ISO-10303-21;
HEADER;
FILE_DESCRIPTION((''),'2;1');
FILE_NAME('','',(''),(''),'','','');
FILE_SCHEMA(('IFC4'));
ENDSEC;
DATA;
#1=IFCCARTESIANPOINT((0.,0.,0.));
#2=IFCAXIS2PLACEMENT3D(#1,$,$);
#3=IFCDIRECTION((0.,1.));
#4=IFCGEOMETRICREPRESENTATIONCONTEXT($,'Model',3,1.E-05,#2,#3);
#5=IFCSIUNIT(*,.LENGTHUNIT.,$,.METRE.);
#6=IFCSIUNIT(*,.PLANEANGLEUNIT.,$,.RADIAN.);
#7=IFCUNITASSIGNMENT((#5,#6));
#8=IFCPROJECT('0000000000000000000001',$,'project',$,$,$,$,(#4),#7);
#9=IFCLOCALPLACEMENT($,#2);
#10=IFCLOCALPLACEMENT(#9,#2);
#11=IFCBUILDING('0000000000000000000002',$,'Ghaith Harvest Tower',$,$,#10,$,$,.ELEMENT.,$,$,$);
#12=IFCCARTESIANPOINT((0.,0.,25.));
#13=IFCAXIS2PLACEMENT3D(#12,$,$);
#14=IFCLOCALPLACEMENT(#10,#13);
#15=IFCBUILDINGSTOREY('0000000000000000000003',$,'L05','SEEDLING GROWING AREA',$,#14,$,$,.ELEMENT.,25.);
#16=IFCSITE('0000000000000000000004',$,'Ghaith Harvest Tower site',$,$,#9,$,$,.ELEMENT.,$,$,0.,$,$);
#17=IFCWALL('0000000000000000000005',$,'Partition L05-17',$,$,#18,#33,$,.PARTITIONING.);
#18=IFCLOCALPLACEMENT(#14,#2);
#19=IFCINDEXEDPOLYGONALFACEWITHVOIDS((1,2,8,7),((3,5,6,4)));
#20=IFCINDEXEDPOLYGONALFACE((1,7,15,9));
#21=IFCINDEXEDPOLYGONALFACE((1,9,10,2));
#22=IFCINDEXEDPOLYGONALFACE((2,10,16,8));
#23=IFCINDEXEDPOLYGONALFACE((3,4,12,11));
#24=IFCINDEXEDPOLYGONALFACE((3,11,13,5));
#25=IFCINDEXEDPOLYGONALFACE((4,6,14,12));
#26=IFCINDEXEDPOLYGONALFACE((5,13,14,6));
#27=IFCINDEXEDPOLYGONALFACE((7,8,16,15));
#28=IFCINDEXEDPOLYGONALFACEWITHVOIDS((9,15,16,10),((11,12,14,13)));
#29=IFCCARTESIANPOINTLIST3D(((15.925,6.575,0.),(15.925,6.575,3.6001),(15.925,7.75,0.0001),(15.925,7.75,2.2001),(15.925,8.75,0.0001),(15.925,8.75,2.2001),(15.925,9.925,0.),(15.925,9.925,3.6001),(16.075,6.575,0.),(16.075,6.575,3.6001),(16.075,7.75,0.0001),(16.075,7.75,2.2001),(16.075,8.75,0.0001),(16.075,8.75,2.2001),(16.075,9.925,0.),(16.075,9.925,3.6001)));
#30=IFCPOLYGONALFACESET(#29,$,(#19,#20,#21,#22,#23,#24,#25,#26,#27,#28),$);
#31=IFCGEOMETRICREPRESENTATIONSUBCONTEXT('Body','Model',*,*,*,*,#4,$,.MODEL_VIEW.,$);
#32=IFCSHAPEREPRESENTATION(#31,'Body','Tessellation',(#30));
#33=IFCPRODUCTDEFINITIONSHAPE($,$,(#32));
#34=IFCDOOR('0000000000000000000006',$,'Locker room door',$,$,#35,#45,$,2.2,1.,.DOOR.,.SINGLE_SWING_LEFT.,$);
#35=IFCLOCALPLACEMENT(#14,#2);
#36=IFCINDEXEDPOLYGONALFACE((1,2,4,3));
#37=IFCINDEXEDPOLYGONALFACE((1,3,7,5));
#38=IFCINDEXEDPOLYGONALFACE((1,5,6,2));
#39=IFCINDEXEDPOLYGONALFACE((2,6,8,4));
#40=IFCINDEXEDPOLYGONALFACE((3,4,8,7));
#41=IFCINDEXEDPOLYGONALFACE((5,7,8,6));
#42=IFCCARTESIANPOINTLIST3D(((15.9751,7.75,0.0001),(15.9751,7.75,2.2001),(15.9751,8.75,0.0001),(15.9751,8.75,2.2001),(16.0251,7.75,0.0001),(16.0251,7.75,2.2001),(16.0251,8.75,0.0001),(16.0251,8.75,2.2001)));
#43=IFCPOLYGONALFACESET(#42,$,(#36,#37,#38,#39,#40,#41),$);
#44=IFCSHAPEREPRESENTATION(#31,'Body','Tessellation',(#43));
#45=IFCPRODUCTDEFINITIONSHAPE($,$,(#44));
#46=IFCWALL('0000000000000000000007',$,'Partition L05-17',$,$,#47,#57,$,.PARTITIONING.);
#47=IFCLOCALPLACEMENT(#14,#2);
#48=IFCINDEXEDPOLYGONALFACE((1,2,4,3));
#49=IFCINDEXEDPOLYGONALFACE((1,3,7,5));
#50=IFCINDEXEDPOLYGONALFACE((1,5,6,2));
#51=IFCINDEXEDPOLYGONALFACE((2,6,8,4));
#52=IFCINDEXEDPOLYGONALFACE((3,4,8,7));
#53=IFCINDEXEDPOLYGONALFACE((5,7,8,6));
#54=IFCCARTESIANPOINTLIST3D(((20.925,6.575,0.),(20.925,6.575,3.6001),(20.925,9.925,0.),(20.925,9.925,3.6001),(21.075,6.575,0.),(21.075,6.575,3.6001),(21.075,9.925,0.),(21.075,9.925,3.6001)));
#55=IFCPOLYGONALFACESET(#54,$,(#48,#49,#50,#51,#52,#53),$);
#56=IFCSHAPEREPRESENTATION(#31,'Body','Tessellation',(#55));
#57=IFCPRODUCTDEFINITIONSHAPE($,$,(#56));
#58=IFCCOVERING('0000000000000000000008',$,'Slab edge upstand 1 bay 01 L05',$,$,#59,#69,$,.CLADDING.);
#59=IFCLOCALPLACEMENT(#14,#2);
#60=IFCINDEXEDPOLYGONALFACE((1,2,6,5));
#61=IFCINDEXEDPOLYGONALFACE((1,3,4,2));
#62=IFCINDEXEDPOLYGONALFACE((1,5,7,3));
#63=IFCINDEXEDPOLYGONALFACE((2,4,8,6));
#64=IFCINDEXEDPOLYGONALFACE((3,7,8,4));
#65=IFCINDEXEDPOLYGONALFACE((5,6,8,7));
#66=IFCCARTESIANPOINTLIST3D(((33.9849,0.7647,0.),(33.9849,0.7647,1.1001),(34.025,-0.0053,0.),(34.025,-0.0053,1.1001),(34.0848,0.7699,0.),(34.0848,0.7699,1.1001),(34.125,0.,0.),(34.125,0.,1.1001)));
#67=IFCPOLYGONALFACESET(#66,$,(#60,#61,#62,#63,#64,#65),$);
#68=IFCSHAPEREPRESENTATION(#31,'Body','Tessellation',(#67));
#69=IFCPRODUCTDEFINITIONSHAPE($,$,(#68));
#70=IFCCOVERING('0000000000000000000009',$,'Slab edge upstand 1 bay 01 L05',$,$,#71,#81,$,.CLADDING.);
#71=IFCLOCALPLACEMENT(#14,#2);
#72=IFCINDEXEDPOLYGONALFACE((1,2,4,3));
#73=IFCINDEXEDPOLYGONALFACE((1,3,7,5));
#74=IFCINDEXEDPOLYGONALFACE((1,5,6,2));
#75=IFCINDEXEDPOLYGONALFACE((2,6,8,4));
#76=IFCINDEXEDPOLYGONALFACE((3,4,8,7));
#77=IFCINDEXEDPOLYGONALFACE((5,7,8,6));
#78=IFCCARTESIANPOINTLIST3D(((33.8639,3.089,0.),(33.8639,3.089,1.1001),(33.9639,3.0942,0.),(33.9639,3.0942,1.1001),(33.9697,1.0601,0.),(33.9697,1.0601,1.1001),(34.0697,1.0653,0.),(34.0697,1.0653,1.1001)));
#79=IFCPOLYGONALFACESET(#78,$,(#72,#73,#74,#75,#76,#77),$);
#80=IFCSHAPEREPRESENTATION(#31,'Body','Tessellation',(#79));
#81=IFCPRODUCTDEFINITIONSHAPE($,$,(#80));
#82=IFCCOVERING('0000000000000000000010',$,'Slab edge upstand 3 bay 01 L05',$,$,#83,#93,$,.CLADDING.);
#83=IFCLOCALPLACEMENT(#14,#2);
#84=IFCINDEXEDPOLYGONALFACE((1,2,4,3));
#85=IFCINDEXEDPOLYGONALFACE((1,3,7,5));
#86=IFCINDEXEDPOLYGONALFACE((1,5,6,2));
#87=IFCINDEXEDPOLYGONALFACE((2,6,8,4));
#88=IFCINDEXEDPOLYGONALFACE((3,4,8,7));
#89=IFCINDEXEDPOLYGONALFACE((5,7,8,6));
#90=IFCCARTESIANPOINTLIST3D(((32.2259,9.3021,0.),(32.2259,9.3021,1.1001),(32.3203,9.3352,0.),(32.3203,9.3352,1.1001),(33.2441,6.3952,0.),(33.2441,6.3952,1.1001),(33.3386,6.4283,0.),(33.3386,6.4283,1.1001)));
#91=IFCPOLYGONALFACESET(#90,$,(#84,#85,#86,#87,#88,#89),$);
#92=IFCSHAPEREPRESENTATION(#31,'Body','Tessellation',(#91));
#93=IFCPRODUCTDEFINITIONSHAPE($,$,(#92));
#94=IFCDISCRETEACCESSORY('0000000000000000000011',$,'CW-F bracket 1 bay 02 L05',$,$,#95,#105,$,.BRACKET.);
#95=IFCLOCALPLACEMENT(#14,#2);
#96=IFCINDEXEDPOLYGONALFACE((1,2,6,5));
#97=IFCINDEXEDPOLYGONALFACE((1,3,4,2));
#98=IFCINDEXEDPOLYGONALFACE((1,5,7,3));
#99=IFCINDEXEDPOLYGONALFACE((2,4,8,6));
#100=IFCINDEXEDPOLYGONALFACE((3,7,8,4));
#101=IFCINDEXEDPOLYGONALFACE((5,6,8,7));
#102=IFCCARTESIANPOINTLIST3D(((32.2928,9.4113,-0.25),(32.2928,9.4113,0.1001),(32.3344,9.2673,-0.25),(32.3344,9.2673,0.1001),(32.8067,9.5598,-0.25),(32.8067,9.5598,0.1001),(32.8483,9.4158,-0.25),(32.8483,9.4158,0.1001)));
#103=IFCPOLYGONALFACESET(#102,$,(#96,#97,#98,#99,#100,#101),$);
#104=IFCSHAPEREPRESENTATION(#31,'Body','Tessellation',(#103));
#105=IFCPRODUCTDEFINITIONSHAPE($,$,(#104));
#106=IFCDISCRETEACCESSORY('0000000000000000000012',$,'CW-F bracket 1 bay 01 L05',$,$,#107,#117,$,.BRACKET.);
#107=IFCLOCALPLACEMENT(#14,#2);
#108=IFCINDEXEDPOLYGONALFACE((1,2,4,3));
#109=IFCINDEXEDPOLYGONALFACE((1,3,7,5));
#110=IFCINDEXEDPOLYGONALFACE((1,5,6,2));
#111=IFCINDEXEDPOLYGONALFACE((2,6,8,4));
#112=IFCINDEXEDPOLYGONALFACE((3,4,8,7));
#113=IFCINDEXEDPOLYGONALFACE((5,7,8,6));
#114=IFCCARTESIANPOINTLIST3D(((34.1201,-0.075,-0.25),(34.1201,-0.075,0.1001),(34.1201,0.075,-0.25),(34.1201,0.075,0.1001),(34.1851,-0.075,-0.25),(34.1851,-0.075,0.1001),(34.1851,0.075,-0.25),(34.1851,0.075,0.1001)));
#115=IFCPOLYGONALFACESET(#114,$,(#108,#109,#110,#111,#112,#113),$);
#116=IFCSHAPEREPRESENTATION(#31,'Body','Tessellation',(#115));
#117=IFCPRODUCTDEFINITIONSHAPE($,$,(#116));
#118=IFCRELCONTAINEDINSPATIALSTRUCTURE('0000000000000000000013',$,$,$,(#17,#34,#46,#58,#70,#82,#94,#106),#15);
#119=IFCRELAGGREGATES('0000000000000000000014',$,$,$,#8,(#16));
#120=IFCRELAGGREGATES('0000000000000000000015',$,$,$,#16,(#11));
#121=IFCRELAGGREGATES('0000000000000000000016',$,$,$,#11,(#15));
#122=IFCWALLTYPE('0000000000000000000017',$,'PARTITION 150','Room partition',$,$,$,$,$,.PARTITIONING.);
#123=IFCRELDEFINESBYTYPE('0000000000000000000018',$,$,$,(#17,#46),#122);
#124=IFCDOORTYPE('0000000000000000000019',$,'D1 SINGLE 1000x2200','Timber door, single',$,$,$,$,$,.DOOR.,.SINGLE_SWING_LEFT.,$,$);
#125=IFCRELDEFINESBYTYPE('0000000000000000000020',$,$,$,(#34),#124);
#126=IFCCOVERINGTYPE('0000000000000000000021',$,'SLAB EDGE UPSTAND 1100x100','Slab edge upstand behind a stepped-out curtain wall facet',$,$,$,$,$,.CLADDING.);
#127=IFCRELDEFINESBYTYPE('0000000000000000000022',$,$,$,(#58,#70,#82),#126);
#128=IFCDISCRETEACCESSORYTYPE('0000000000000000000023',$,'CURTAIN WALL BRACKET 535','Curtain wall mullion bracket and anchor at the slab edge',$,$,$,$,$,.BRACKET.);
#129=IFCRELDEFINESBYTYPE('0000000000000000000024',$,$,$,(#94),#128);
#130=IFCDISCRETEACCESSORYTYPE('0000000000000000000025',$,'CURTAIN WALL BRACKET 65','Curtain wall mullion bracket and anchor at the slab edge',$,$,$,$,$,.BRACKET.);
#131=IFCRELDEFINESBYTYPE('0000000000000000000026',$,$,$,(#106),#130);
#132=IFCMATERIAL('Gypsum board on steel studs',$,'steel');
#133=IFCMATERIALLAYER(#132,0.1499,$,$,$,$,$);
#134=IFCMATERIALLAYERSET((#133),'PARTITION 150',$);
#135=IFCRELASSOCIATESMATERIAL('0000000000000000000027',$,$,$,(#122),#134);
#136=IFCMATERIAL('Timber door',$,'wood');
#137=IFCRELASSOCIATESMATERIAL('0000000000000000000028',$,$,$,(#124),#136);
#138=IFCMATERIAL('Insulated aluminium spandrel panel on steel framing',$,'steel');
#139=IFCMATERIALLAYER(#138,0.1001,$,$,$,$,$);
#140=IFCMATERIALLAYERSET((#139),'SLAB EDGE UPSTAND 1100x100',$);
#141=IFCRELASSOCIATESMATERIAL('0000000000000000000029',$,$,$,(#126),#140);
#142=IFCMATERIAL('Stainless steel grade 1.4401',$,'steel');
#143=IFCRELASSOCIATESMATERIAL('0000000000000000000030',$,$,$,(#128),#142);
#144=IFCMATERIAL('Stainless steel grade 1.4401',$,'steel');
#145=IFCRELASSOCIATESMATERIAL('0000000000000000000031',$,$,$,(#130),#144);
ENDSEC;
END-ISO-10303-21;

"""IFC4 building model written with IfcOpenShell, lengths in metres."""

from ifc_helpers import new_model, si_unit, direction, frame, frame_2d, origin, origin_2d, place, context, subcontext, project, spatial, rectangle, extrude, material, layer, layer_set, type_object, element, fill, save


model = new_model("IFC4")

# Units and contexts
model_context = context("Model", 3, precision=1e-05, world=origin(), true_north=direction((0.0, 1.0)))
body_context = subcontext(model_context, "Body", "Model", "MODEL_VIEW")
ifc_project = project(units=[si_unit("LENGTHUNIT", "METRE"), si_unit("PLANEANGLEUNIT", "RADIAN")], contexts=[model_context])

# Site, building, storey
site_placement = place(None, origin())
site = spatial("IfcSite", under=ifc_project, at=site_placement, Name="Ghaith Harvest Tower site", CompositionType="ELEMENT", RefElevation=0.0)
building_placement = place(site_placement, origin())
building = spatial("IfcBuilding", under=site, at=building_placement, Name="Ghaith Harvest Tower", CompositionType="ELEMENT")
storey_placement = place(building_placement, frame((0.0, 0.0, 25.0)))
storey = spatial("IfcBuildingStorey", under=building, at=storey_placement, Name="L05", Description="SEEDLING GROWING AREA", CompositionType="ELEMENT", Elevation=25.0)

# Shared definitions
ifc_material_1 = material(Name="Gypsum board on steel studs", Category="steel")
ifc_layer_1 = layer(ifc_material_1, 0.1499)
ifc_layer_set_1 = layer_set([ifc_layer_1], Name="PARTITION 150")
wall_type_1 = type_object("IfcWallType", Name="PARTITION 150", Description="Room partition", PredefinedType="PARTITIONING", material=ifc_layer_set_1)

# Shared definitions
ifc_material_2 = material(Name="Timber door", Category="wood")
door_type_1 = type_object("IfcDoorType", Name="D1 SINGLE 1000x2200", Description="Timber door, single", OperationType="SINGLE_SWING_LEFT", PredefinedType="DOOR", material=ifc_material_2)

# Wall, opening, door
wall_1_placement = place(storey_placement, frame((16.0, 6.575, 0.0), z_axis=(0.0, 0.0, 1.0), x_axis=(0.0, 1.0, 0.0)))
wall_1 = element("IfcWall", 1, at=wall_1_placement, inside=storey, type_object=wall_type_1, Name="Partition L05-17", PredefinedType="PARTITIONING", context=body_context, shape_type="SweptSolid", body=[
    extrude(rectangle(XDim=3.3501, YDim=0.1499, at=frame_2d((1.675, 0.0))), origin(), (0.0, 0.0, 1.0), 3.6001),
])
opening_1_placement = place(wall_1_placement, frame((1.175, 0.0, 0.0)))
opening_1 = element("IfcOpeningElement", 2, at=opening_1_placement, cuts=wall_1, PredefinedType="OPENING", context=body_context, shape_type="SweptSolid", body=[
    extrude(rectangle(XDim=1.0, YDim=2.2, at=frame_2d((0.5, 1.1001))), frame((0.0, 0.085, 0.0), z_axis=(0.0, -1.0, 0.0), x_axis=(1.0, 0.0, 0.0)), (0.0, 0.0, 1.0), 0.1699),
])
door_1_placement = place(opening_1_placement, origin())
door_1 = element("IfcDoor", 3, at=door_1_placement, inside=storey, type_object=door_type_1, Name="Locker room door", OperationType="SINGLE_SWING_LEFT", OverallHeight=2.2, OverallWidth=1.0, PredefinedType="DOOR", context=body_context, shape_type="SweptSolid", body=[
    extrude(rectangle(XDim=1.0, YDim=2.2, at=frame_2d((0.5, 1.1001))), frame((0.0, 0.0249, 0.0), z_axis=(0.0, -1.0, 0.0), x_axis=(1.0, 0.0, 0.0)), (0.0, 0.0, 1.0), 0.05),
])
fill(opening_1, door_1)

# Wall
wall_2_placement = place(storey_placement, frame((21.0, 6.575, 0.0), z_axis=(0.0, 0.0, 1.0), x_axis=(0.0, 1.0, 0.0)))
element("IfcWall", 4, at=wall_2_placement, inside=storey, type_object=wall_type_1, Name="Partition L05-17", PredefinedType="PARTITIONING", context=body_context, shape_type="SweptSolid", body=[
    extrude(rectangle(XDim=3.3501, YDim=0.1499, at=frame_2d((1.675, 0.0))), origin(), (0.0, 0.0, 1.0), 3.6001),
])

# Coverings
ifc_material_3 = material(Name="Insulated aluminium spandrel panel on steel framing", Category="steel")
ifc_layer_2 = layer(ifc_material_3, 0.1001)
ifc_layer_set_2 = layer_set([ifc_layer_2], Name="SLAB EDGE UPSTAND 1100x100")
covering_type = type_object("IfcCoveringType", Name="SLAB EDGE UPSTAND 1100x100", Description="Slab edge upstand behind a stepped-out curtain wall facet", PredefinedType="CLADDING", material=ifc_layer_set_2)
covering_1_placement = place(storey_placement, frame((34.0549, 0.3823, 0.0), z_axis=(0.0, 0.0, 1.0), x_axis=(-0.052049, 0.998645, 0.0)))
element("IfcCovering", 5, at=covering_1_placement, inside=storey, type_object=covering_type, Name="Slab edge upstand 1 bay 01 L05", PredefinedType="CLADDING", context=body_context, shape_type="SweptSolid", body=[
    extrude(rectangle(XDim=0.771, YDim=0.1001, at=origin_2d()), origin(), (0.0, 0.0, 1.0), 1.1001),
])
covering_2_placement = place(storey_placement, frame((33.9668, 2.0771, 0.0), z_axis=(0.0, 0.0, 1.0), x_axis=(-0.052049, 0.998645, 0.0)))
element("IfcCovering", 6, at=covering_2_placement, inside=storey, type_object=covering_type, Name="Slab edge upstand 1 bay 01 L05", PredefinedType="CLADDING", context=body_context, shape_type="SweptSolid", body=[
    extrude(rectangle(XDim=2.0317, YDim=0.1001, at=origin_2d()), origin(), (0.0, 0.0, 1.0), 1.1001),
])
covering_3_placement = place(storey_placement, frame((32.7822, 7.8652, 0.0), z_axis=(0.0, 0.0, 1.0), x_axis=(-0.330598, 0.943772, 0.0)))
element("IfcCovering", 7, at=covering_3_placement, inside=storey, type_object=covering_type, Name="Slab edge upstand 3 bay 01 L05", PredefinedType="CLADDING", context=body_context, shape_type="SweptSolid", body=[
    extrude(rectangle(XDim=3.0801, YDim=0.1001, at=origin_2d()), origin(), (0.0, 0.0, 1.0), 1.1001),
])

# Discrete accessories
ifc_material_4 = material(Name="Stainless steel grade 1.4401", Category="steel")
discrete_accessory_type_1 = type_object("IfcDiscreteAccessoryType", Name="CURTAIN WALL BRACKET 535", Description="Curtain wall mullion bracket and anchor at the slab edge", PredefinedType="BRACKET", material=ifc_material_4)
discrete_accessory_1_placement = place(storey_placement, frame((32.5706, 9.4136, -0.25), z_axis=(0.0, 0.0, 1.0), x_axis=(0.96068, 0.277657, 0.0)))
element("IfcDiscreteAccessory", 8, at=discrete_accessory_1_placement, inside=storey, type_object=discrete_accessory_type_1, Name="CW-F bracket 1 bay 02 L05", PredefinedType="BRACKET", context=body_context, shape_type="SweptSolid", body=[
    extrude(rectangle(XDim=0.5349, YDim=0.1499, at=origin_2d()), origin(), (0.0, 0.0, 1.0), 0.3501),
])
ifc_material_5 = material(Name="Stainless steel grade 1.4401", Category="steel")
discrete_accessory_type_2 = type_object("IfcDiscreteAccessoryType", Name="CURTAIN WALL BRACKET 65", Description="Curtain wall mullion bracket and anchor at the slab edge", PredefinedType="BRACKET", material=ifc_material_5)
discrete_accessory_2_placement = place(storey_placement, frame((34.1526, 0.0, -0.25), z_axis=(0.0, 0.0, 1.0), x_axis=(1.0, 0.0, 0.0)))
element("IfcDiscreteAccessory", 9, at=discrete_accessory_2_placement, inside=storey, type_object=discrete_accessory_type_2, Name="CW-F bracket 1 bay 01 L05", PredefinedType="BRACKET", context=body_context, shape_type="SweptSolid", body=[
    extrude(rectangle(XDim=0.0649, YDim=0.1499, at=origin_2d()), origin(), (0.0, 0.0, 1.0), 0.3501),
])

save(model, "model.ifc")
